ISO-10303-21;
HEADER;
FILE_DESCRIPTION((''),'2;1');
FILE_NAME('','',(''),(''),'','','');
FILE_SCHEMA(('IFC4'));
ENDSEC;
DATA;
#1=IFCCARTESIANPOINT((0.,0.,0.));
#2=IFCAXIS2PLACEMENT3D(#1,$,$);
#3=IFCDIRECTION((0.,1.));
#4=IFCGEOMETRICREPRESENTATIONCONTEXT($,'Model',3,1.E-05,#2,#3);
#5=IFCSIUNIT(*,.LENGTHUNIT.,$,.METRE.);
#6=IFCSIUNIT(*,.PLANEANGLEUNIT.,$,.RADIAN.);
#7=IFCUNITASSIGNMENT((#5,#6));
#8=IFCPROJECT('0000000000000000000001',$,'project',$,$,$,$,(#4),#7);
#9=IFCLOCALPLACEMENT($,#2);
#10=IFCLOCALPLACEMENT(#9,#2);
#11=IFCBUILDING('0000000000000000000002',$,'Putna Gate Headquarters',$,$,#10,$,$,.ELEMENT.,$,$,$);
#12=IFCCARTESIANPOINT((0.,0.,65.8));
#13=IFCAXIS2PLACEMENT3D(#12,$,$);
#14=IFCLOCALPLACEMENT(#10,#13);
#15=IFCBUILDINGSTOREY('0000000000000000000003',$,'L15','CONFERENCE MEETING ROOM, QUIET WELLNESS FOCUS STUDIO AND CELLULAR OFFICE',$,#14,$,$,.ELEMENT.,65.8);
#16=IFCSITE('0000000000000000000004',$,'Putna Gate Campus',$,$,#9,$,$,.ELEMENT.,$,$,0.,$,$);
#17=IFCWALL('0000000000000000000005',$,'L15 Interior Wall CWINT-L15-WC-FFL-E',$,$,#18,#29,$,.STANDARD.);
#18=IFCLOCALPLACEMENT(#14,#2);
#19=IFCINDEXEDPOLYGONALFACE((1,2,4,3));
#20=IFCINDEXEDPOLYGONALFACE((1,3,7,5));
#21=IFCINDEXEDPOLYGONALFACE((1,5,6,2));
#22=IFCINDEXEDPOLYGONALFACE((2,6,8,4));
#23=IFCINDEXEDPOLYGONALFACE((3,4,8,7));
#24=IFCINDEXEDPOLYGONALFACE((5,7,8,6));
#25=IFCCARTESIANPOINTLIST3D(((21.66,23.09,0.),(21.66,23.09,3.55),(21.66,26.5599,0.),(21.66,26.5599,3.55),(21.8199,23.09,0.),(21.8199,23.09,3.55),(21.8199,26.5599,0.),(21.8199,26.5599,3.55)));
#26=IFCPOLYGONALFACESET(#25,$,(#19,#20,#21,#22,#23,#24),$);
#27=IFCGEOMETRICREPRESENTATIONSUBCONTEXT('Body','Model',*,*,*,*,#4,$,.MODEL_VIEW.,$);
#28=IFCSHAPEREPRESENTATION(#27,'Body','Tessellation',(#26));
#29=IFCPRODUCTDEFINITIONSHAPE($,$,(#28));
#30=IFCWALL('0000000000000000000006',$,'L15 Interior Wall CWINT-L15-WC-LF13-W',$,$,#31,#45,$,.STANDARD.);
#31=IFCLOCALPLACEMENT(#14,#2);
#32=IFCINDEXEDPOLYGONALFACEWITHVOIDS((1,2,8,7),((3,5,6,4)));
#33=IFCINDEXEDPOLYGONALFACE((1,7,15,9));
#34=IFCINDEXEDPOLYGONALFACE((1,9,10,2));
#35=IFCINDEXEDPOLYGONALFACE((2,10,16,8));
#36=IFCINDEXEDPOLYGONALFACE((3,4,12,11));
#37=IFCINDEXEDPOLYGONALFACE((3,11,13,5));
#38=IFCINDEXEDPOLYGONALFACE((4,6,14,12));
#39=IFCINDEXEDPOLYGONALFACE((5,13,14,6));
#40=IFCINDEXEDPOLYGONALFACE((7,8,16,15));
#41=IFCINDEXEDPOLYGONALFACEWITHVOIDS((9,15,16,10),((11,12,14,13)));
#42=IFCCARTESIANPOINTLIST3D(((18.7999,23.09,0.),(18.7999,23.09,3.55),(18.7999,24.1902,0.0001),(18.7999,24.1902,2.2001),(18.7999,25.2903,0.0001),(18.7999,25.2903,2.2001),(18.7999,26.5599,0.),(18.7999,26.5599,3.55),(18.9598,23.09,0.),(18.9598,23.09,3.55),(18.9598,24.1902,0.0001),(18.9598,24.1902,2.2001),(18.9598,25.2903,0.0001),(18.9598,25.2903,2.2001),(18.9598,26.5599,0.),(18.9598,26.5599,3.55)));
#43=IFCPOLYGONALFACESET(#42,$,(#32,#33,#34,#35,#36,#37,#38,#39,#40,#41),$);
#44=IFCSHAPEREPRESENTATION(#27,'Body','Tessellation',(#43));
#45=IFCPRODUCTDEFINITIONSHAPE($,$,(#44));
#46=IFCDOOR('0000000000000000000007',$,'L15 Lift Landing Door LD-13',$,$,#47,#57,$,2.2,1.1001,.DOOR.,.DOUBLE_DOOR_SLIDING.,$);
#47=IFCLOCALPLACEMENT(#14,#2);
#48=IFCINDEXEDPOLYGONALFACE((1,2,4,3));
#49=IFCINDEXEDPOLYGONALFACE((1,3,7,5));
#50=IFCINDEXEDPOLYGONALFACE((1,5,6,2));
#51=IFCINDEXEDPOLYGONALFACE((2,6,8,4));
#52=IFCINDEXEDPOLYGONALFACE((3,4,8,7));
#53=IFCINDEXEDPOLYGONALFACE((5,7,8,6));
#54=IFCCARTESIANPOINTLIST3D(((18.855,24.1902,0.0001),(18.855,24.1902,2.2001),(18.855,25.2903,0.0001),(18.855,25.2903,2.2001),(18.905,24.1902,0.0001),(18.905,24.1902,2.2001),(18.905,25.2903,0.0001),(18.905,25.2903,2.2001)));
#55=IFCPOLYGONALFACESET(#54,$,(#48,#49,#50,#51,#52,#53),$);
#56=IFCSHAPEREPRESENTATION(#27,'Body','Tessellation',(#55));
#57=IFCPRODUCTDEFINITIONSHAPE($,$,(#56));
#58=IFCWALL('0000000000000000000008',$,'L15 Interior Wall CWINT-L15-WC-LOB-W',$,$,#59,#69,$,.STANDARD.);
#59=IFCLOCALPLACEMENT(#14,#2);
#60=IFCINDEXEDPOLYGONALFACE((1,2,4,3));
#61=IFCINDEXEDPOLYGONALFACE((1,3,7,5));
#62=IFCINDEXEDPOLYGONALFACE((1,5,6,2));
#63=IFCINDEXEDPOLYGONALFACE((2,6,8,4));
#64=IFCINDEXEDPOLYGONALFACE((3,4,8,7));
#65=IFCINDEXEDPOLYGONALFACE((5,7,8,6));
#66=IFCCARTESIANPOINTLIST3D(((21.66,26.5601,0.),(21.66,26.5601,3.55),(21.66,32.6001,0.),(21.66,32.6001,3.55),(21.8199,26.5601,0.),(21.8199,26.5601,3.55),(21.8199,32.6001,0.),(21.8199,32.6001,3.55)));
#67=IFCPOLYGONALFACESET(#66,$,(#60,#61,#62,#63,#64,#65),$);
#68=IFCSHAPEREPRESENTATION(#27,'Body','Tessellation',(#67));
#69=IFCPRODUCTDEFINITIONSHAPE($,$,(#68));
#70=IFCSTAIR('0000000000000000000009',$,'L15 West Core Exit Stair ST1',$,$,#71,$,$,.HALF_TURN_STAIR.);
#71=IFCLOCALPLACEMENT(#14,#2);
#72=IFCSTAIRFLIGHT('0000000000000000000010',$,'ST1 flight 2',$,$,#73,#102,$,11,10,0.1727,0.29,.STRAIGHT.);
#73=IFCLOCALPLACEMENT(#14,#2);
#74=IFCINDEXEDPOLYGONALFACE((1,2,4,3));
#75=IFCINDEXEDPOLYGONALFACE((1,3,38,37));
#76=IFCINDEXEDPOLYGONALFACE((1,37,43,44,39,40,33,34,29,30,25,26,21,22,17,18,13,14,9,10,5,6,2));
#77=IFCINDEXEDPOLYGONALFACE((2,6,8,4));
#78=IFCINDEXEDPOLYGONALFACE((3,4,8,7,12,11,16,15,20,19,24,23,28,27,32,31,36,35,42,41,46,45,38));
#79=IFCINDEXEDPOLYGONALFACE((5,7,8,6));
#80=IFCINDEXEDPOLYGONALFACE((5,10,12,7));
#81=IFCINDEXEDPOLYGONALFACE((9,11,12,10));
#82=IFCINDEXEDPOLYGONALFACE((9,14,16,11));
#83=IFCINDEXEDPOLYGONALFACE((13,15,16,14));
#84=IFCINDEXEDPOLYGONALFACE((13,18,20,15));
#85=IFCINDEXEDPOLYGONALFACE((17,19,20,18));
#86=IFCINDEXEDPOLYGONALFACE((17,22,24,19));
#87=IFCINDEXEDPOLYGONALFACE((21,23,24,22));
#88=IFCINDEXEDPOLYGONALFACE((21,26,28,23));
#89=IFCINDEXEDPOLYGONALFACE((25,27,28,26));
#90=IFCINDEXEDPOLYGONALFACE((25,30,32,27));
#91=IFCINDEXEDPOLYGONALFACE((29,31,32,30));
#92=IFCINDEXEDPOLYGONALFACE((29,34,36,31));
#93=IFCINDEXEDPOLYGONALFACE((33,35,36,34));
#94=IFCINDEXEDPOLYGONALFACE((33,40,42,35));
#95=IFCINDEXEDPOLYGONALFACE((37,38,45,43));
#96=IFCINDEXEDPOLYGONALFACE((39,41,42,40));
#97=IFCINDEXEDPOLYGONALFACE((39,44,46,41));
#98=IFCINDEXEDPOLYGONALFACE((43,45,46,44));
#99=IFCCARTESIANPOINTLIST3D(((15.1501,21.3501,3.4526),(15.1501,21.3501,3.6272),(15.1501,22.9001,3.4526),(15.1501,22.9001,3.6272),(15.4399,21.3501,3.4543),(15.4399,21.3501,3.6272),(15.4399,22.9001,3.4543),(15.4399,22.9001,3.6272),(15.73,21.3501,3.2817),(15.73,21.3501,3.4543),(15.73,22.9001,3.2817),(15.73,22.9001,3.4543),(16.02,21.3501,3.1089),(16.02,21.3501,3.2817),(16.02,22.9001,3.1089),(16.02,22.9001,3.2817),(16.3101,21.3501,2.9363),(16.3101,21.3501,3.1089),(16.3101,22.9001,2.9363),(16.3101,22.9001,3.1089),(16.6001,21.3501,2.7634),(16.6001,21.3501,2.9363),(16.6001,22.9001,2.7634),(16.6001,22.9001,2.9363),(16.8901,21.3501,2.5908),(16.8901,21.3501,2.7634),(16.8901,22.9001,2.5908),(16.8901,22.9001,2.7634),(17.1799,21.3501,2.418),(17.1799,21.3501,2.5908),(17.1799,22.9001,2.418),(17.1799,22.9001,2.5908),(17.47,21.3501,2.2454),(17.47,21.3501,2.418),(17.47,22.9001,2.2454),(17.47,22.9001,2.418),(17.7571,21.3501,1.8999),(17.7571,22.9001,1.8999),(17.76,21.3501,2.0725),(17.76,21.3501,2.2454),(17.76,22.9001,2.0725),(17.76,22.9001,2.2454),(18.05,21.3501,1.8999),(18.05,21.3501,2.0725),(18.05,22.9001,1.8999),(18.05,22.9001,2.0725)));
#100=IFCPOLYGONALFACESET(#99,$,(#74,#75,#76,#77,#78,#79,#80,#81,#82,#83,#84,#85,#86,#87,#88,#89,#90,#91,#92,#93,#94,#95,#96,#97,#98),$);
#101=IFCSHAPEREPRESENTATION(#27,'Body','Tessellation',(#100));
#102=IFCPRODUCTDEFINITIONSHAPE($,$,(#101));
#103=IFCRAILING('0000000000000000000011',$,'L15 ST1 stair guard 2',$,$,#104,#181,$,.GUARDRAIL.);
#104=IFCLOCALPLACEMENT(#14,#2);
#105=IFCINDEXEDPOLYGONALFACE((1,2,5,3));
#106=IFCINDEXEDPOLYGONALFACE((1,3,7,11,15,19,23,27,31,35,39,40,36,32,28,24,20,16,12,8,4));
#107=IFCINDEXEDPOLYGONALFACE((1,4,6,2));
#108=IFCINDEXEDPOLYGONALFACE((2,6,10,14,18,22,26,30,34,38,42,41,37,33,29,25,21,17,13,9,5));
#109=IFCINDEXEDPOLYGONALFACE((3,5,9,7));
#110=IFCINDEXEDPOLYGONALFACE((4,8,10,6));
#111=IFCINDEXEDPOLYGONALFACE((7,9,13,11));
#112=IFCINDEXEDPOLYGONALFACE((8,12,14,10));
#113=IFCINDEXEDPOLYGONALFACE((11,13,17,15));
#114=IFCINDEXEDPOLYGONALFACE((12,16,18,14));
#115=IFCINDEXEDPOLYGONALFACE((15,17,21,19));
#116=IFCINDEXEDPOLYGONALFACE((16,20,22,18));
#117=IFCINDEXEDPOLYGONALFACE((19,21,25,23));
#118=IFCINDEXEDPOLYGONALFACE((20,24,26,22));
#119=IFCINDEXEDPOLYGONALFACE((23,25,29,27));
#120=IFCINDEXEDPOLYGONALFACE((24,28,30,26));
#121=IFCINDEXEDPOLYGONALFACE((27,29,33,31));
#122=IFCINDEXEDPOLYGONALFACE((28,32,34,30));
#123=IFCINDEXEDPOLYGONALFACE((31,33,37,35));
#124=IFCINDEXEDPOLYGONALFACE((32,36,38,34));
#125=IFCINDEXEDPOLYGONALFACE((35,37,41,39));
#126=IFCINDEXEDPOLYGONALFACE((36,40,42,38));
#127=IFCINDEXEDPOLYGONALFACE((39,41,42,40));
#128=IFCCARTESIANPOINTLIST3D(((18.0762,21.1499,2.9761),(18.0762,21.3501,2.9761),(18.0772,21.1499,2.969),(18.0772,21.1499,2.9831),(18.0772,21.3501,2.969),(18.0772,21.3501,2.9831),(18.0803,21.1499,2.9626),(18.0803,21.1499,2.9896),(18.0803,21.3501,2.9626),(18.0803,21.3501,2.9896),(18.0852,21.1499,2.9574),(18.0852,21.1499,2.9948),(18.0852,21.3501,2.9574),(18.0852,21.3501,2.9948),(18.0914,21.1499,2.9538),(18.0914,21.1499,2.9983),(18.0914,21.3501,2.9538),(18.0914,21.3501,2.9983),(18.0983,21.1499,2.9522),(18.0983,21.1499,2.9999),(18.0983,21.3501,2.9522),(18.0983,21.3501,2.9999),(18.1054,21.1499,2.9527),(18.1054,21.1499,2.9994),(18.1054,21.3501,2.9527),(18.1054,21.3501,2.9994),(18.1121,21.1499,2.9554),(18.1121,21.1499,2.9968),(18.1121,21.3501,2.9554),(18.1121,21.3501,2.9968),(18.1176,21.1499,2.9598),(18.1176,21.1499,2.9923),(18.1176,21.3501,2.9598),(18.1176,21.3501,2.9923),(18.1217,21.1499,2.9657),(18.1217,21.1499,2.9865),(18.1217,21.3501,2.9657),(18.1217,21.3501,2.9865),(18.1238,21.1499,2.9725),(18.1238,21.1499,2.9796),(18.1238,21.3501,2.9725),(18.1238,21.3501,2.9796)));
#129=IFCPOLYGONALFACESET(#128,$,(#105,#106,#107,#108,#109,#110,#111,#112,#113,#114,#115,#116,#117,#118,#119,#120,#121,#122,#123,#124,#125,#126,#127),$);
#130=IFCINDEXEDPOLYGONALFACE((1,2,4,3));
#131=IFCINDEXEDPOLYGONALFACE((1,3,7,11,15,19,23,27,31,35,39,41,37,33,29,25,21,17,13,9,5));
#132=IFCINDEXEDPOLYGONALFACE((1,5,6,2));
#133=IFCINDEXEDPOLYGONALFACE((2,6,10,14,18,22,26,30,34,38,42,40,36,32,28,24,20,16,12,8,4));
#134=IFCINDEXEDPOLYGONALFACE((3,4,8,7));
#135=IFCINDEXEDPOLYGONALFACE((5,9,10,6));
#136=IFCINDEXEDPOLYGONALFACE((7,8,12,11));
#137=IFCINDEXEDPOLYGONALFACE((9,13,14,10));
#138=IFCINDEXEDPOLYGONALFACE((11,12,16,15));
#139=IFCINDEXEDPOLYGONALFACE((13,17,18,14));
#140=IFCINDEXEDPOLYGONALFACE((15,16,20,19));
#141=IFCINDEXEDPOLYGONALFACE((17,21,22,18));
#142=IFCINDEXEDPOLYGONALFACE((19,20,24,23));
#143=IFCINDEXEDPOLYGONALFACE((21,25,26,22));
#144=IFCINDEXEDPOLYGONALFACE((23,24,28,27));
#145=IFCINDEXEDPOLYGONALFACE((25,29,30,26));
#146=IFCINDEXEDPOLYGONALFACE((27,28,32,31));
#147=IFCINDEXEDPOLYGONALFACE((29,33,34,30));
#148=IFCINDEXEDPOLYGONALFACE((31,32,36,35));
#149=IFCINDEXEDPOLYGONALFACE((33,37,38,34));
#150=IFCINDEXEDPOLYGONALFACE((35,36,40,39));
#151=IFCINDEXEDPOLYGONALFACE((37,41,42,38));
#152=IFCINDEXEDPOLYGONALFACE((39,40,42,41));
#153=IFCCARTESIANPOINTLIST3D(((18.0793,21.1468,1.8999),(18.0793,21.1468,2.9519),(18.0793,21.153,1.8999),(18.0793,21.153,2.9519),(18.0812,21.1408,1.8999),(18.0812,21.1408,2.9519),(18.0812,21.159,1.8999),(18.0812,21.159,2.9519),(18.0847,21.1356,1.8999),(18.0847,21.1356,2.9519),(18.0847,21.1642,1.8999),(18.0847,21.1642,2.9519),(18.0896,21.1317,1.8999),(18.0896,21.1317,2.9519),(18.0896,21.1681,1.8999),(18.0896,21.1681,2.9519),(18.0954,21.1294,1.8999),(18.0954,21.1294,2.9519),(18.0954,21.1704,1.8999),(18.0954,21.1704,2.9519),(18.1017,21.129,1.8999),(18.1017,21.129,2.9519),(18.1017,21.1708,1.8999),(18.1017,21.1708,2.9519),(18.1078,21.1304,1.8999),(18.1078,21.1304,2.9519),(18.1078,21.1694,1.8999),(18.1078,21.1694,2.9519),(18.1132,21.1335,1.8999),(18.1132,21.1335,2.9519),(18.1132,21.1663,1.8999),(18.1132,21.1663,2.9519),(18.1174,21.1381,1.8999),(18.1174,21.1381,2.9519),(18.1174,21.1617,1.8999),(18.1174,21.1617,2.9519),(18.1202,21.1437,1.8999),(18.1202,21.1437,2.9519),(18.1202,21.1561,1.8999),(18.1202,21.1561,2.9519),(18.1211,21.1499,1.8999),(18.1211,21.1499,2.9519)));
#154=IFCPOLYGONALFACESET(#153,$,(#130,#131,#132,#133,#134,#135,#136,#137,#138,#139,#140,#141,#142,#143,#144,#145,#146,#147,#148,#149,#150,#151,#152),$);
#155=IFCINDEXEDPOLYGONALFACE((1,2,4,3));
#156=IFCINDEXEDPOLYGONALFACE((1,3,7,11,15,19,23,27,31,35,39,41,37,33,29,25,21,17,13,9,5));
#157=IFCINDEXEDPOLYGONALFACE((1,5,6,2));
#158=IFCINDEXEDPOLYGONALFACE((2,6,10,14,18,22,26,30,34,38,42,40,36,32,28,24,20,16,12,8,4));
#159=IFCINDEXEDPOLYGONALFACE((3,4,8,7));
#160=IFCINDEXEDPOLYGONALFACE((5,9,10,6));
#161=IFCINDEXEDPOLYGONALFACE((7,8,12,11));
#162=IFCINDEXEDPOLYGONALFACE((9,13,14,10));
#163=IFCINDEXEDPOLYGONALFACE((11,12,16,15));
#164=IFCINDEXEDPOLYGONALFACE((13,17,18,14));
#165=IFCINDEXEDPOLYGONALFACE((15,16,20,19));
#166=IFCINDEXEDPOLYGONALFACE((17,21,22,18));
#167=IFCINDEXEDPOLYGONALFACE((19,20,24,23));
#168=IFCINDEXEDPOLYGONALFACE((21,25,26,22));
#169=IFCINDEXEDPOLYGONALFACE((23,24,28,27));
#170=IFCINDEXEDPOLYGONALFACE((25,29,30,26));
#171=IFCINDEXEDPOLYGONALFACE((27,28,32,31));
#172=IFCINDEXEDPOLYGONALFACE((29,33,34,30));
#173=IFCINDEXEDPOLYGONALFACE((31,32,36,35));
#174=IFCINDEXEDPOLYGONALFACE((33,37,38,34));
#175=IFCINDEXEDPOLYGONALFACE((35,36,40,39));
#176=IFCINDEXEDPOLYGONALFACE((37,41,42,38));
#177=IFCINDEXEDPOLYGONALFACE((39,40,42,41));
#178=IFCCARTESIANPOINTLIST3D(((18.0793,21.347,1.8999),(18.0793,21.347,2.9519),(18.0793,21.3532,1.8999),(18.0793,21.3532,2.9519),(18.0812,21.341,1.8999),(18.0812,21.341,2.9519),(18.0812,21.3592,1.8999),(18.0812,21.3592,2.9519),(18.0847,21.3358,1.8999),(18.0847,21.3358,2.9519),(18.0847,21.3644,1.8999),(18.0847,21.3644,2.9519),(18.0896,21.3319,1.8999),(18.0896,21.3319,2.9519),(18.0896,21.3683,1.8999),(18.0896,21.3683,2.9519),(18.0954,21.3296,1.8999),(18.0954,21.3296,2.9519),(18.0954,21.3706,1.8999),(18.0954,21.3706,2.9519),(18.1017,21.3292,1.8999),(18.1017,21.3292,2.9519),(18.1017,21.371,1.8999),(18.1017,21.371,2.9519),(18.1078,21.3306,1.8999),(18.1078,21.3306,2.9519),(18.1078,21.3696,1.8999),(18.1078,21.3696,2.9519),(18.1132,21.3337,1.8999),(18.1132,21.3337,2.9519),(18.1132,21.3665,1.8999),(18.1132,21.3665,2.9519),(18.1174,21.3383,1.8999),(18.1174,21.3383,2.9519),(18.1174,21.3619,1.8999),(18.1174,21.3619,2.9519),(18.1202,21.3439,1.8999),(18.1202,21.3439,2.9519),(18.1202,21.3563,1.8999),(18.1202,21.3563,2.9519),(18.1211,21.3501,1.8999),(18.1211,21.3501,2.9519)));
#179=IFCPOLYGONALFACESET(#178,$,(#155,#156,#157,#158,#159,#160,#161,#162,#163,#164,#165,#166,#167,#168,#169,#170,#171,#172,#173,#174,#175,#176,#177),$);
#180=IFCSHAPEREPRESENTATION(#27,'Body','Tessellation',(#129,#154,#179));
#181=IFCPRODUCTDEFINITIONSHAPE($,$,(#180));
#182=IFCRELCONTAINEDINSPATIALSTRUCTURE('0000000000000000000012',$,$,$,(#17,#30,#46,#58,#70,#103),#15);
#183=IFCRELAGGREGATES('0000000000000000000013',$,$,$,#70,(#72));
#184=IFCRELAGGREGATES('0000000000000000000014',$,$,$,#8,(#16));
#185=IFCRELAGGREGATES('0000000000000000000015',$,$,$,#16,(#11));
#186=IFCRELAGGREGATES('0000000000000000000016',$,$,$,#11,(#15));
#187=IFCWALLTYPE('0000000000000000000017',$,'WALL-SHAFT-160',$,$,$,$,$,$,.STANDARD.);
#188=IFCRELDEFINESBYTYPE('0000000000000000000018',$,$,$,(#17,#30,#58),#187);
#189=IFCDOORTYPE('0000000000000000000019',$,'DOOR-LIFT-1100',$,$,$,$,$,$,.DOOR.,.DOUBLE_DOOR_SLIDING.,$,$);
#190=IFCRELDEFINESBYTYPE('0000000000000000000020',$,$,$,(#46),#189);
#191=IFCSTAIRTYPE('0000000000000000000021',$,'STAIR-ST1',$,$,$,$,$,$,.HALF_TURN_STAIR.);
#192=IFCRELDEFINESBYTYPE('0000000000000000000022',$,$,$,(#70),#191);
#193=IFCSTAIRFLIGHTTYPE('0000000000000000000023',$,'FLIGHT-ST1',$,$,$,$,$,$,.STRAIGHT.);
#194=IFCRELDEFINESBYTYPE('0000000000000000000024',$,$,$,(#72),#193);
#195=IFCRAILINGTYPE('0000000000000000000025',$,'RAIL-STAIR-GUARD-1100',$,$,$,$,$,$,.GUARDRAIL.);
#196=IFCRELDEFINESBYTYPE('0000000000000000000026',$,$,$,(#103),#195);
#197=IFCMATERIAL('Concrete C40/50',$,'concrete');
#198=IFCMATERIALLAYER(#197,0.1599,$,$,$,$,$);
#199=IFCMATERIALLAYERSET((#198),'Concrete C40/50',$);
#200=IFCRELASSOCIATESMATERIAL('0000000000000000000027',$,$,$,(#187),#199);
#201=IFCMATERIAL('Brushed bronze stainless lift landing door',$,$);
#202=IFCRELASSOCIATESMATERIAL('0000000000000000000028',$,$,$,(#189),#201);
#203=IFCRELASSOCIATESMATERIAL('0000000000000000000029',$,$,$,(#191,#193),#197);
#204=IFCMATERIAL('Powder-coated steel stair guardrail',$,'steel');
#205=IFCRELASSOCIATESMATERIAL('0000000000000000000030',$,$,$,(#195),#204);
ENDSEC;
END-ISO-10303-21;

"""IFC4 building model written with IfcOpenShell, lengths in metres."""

from ifc_helpers import new_model, si_unit, direction, frame, frame_2d, origin, origin_2d, place, context, subcontext, project, spatial, polyline, rectangle, circle, outline, extrude, material, layer, layer_set, type_object, element, fill, aggregate, save


model = new_model("IFC4")

# Units and contexts
model_context = context("Model", 3, precision=1e-05, world=origin(), true_north=direction((0.0, 1.0)))
body_context = subcontext(model_context, "Body", "Model", "MODEL_VIEW")
ifc_project = project(units=[si_unit("LENGTHUNIT", "METRE"), si_unit("PLANEANGLEUNIT", "RADIAN")], contexts=[model_context])

# Site, building, storey
site_placement = place(None, origin())
site = spatial("IfcSite", under=ifc_project, at=site_placement, Name="Putna Gate Campus", CompositionType="ELEMENT", RefElevation=0.0)
building_placement = place(site_placement, origin())
building = spatial("IfcBuilding", under=site, at=building_placement, Name="Putna Gate Headquarters", CompositionType="ELEMENT")
storey_placement = place(building_placement, frame((0.0, 0.0, 65.8)))
storey = spatial("IfcBuildingStorey", under=building, at=storey_placement, Name="L15", Description="CONFERENCE MEETING ROOM, QUIET WELLNESS FOCUS STUDIO AND CELLULAR OFFICE", CompositionType="ELEMENT", Elevation=65.8)

# Wall
ifc_material_1 = material(Name="Concrete C40/50", Category="concrete")
ifc_layer_1 = layer(ifc_material_1, 0.1599)
ifc_layer_set_1 = layer_set([ifc_layer_1], Name="Concrete C40/50")
wall_type_1 = type_object("IfcWallType", Name="WALL-SHAFT-160", PredefinedType="STANDARD", material=ifc_layer_set_1)
wall_1_placement = place(storey_placement, frame((21.74, 23.0901, 0.0), z_axis=(0.0, 0.0, 1.0), x_axis=(0.0, 1.0, 0.0)))
element("IfcWall", 1, at=wall_1_placement, inside=storey, type_object=wall_type_1, Name="L15 Interior Wall CWINT-L15-WC-FFL-E", PredefinedType="STANDARD", context=body_context, shape_type="SweptSolid", body=[
    extrude(rectangle(XDim=3.47, YDim=0.1599, at=frame_2d((1.7349, 0.0))), origin(), (0.0, 0.0, 1.0), 3.55),
])

# Wall, opening, door
wall_2_placement = place(storey_placement, frame((18.8799, 23.0901, 0.0), z_axis=(0.0, 0.0, 1.0), x_axis=(0.0, 1.0, 0.0)))
wall_2 = element("IfcWall", 2, at=wall_2_placement, inside=storey, type_object=wall_type_1, Name="L15 Interior Wall CWINT-L15-WC-LF13-W", PredefinedType="STANDARD", context=body_context, shape_type="SweptSolid", body=[
    extrude(rectangle(XDim=3.47, YDim=0.1599, at=frame_2d((1.7349, 0.0))), origin(), (0.0, 0.0, 1.0), 3.55),
])
opening_1_placement = place(wall_2_placement, frame((1.1001, 0.0, 0.0)))
opening_1 = element("IfcOpeningElement", 3, at=opening_1_placement, cuts=wall_2, PredefinedType="OPENING", context=body_context, shape_type="SweptSolid", body=[
    extrude(rectangle(XDim=1.1001, YDim=2.2, at=frame_2d((0.55, 1.1001))), frame((0.0, 0.0898, 0.0), z_axis=(0.0, -1.0, 0.0), x_axis=(1.0, 0.0, 0.0)), (0.0, 0.0, 1.0), 0.1799),
])
ifc_material_2 = material(Name="Brushed bronze stainless lift landing door")
door_type_1 = type_object("IfcDoorType", Name="DOOR-LIFT-1100", OperationType="DOUBLE_DOOR_SLIDING", PredefinedType="DOOR", material=ifc_material_2)
door_1_placement = place(opening_1_placement, origin())
door_1 = element("IfcDoor", 4, at=door_1_placement, inside=storey, type_object=door_type_1, Name="L15 Lift Landing Door LD-13", OperationType="DOUBLE_DOOR_SLIDING", OverallHeight=2.2, OverallWidth=1.1001, PredefinedType="DOOR", context=body_context, shape_type="SweptSolid", body=[
    extrude(rectangle(XDim=1.1001, YDim=2.2, at=frame_2d((0.55, 1.1001))), frame((0.0, 0.0249, 0.0), z_axis=(0.0, -1.0, 0.0), x_axis=(1.0, 0.0, 0.0)), (0.0, 0.0, 1.0), 0.05),
])
fill(opening_1, door_1)

# Wall
wall_3_placement = place(storey_placement, frame((21.74, 26.5601, 0.0), z_axis=(0.0, 0.0, 1.0), x_axis=(0.0, 1.0, 0.0)))
element("IfcWall", 5, at=wall_3_placement, inside=storey, type_object=wall_type_1, Name="L15 Interior Wall CWINT-L15-WC-LOB-W", PredefinedType="STANDARD", context=body_context, shape_type="SweptSolid", body=[
    extrude(rectangle(XDim=6.04, YDim=0.1599, at=frame_2d((3.02, 0.0))), origin(), (0.0, 0.0, 1.0), 3.55),
])

# Stair, stair flight
stair_type = type_object("IfcStairType", Name="STAIR-ST1", PredefinedType="HALF_TURN_STAIR", material=ifc_material_1)
stair_placement = place(storey_placement, origin())
stair = element("IfcStair", 6, at=stair_placement, inside=storey, type_object=stair_type, Name="L15 West Core Exit Stair ST1", PredefinedType="HALF_TURN_STAIR")
stair_flight_type = type_object("IfcStairFlightType", Name="FLIGHT-ST1", PredefinedType="STRAIGHT", material=ifc_material_1)
stair_flight_placement = place(storey_placement, frame((18.05, 22.125, 1.8999), z_axis=(0.0, 0.0, 1.0), x_axis=(-1.0, 0.0, 0.0)))
stair_flight = element("IfcStairFlight", 7, at=stair_flight_placement, type_object=stair_flight_type, Name="ST1 flight 2", NumberOfRisers=11, NumberOfTreads=10, PredefinedType="STRAIGHT", RiserHeight=0.1727, TreadLength=0.29, context=body_context, shape_type="SweptSolid", body=[
    extrude(outline(polyline([(0.0, 0.0), (0.0, 0.1726), (0.29, 0.1726), (0.29, 0.3455), (0.5801, 0.3455), (0.5801, 0.5181), (0.8701, 0.5181), (0.8701, 0.6909), (1.1599, 0.6909), (1.1599, 0.8635), (1.45, 0.8635), (1.45, 1.0364), (1.74, 1.0364), (1.74, 1.209), (2.03, 1.209), (2.03, 1.3818), (2.3201, 1.3818), (2.3201, 1.5544), (2.6101, 1.5544), (2.6101, 1.7273), (2.8999, 1.7273), (2.8999, 1.8999), (2.8999, 1.5527), (0.293, 0.0), (0.0, 0.0)])), frame((0.0, 0.7749, 0.0), z_axis=(0.0, -1.0, 0.0), x_axis=(1.0, 0.0, 0.0)), (0.0, 0.0, 1.0), 1.55),
])
aggregate(stair, [stair_flight])

# Railing
ifc_material_3 = material(Name="Powder-coated steel stair guardrail", Category="steel")
railing_type_1 = type_object("IfcRailingType", Name="RAIL-STAIR-GUARD-1100", PredefinedType="GUARDRAIL", material=ifc_material_3)
railing_1_placement = place(storey_placement, frame((18.1001, 21.1499, 1.8999)))
element("IfcRailing", 8, at=railing_1_placement, inside=storey, type_object=railing_type_1, Name="L15 ST1 stair guard 2", PredefinedType="GUARDRAIL", context=body_context, shape_type="SweptSolid", body=[
    extrude(circle(Radius=0.0239, at=origin_2d()), frame((0.0, 0.0, 1.0762), z_axis=(0.0, 1.0, 0.0), x_axis=(-1.0, 0.0, 0.0)), (0.0, 0.0, 1.0), 0.2002),
    extrude(circle(Radius=0.021, at=origin_2d()), origin(), (0.0, 0.0, 1.0), 1.052),
    extrude(circle(Radius=0.021, at=origin_2d()), frame((0.0, 0.2002, 0.0)), (0.0, 0.0, 1.0), 1.052),
])

save(model, "model.ifc")
